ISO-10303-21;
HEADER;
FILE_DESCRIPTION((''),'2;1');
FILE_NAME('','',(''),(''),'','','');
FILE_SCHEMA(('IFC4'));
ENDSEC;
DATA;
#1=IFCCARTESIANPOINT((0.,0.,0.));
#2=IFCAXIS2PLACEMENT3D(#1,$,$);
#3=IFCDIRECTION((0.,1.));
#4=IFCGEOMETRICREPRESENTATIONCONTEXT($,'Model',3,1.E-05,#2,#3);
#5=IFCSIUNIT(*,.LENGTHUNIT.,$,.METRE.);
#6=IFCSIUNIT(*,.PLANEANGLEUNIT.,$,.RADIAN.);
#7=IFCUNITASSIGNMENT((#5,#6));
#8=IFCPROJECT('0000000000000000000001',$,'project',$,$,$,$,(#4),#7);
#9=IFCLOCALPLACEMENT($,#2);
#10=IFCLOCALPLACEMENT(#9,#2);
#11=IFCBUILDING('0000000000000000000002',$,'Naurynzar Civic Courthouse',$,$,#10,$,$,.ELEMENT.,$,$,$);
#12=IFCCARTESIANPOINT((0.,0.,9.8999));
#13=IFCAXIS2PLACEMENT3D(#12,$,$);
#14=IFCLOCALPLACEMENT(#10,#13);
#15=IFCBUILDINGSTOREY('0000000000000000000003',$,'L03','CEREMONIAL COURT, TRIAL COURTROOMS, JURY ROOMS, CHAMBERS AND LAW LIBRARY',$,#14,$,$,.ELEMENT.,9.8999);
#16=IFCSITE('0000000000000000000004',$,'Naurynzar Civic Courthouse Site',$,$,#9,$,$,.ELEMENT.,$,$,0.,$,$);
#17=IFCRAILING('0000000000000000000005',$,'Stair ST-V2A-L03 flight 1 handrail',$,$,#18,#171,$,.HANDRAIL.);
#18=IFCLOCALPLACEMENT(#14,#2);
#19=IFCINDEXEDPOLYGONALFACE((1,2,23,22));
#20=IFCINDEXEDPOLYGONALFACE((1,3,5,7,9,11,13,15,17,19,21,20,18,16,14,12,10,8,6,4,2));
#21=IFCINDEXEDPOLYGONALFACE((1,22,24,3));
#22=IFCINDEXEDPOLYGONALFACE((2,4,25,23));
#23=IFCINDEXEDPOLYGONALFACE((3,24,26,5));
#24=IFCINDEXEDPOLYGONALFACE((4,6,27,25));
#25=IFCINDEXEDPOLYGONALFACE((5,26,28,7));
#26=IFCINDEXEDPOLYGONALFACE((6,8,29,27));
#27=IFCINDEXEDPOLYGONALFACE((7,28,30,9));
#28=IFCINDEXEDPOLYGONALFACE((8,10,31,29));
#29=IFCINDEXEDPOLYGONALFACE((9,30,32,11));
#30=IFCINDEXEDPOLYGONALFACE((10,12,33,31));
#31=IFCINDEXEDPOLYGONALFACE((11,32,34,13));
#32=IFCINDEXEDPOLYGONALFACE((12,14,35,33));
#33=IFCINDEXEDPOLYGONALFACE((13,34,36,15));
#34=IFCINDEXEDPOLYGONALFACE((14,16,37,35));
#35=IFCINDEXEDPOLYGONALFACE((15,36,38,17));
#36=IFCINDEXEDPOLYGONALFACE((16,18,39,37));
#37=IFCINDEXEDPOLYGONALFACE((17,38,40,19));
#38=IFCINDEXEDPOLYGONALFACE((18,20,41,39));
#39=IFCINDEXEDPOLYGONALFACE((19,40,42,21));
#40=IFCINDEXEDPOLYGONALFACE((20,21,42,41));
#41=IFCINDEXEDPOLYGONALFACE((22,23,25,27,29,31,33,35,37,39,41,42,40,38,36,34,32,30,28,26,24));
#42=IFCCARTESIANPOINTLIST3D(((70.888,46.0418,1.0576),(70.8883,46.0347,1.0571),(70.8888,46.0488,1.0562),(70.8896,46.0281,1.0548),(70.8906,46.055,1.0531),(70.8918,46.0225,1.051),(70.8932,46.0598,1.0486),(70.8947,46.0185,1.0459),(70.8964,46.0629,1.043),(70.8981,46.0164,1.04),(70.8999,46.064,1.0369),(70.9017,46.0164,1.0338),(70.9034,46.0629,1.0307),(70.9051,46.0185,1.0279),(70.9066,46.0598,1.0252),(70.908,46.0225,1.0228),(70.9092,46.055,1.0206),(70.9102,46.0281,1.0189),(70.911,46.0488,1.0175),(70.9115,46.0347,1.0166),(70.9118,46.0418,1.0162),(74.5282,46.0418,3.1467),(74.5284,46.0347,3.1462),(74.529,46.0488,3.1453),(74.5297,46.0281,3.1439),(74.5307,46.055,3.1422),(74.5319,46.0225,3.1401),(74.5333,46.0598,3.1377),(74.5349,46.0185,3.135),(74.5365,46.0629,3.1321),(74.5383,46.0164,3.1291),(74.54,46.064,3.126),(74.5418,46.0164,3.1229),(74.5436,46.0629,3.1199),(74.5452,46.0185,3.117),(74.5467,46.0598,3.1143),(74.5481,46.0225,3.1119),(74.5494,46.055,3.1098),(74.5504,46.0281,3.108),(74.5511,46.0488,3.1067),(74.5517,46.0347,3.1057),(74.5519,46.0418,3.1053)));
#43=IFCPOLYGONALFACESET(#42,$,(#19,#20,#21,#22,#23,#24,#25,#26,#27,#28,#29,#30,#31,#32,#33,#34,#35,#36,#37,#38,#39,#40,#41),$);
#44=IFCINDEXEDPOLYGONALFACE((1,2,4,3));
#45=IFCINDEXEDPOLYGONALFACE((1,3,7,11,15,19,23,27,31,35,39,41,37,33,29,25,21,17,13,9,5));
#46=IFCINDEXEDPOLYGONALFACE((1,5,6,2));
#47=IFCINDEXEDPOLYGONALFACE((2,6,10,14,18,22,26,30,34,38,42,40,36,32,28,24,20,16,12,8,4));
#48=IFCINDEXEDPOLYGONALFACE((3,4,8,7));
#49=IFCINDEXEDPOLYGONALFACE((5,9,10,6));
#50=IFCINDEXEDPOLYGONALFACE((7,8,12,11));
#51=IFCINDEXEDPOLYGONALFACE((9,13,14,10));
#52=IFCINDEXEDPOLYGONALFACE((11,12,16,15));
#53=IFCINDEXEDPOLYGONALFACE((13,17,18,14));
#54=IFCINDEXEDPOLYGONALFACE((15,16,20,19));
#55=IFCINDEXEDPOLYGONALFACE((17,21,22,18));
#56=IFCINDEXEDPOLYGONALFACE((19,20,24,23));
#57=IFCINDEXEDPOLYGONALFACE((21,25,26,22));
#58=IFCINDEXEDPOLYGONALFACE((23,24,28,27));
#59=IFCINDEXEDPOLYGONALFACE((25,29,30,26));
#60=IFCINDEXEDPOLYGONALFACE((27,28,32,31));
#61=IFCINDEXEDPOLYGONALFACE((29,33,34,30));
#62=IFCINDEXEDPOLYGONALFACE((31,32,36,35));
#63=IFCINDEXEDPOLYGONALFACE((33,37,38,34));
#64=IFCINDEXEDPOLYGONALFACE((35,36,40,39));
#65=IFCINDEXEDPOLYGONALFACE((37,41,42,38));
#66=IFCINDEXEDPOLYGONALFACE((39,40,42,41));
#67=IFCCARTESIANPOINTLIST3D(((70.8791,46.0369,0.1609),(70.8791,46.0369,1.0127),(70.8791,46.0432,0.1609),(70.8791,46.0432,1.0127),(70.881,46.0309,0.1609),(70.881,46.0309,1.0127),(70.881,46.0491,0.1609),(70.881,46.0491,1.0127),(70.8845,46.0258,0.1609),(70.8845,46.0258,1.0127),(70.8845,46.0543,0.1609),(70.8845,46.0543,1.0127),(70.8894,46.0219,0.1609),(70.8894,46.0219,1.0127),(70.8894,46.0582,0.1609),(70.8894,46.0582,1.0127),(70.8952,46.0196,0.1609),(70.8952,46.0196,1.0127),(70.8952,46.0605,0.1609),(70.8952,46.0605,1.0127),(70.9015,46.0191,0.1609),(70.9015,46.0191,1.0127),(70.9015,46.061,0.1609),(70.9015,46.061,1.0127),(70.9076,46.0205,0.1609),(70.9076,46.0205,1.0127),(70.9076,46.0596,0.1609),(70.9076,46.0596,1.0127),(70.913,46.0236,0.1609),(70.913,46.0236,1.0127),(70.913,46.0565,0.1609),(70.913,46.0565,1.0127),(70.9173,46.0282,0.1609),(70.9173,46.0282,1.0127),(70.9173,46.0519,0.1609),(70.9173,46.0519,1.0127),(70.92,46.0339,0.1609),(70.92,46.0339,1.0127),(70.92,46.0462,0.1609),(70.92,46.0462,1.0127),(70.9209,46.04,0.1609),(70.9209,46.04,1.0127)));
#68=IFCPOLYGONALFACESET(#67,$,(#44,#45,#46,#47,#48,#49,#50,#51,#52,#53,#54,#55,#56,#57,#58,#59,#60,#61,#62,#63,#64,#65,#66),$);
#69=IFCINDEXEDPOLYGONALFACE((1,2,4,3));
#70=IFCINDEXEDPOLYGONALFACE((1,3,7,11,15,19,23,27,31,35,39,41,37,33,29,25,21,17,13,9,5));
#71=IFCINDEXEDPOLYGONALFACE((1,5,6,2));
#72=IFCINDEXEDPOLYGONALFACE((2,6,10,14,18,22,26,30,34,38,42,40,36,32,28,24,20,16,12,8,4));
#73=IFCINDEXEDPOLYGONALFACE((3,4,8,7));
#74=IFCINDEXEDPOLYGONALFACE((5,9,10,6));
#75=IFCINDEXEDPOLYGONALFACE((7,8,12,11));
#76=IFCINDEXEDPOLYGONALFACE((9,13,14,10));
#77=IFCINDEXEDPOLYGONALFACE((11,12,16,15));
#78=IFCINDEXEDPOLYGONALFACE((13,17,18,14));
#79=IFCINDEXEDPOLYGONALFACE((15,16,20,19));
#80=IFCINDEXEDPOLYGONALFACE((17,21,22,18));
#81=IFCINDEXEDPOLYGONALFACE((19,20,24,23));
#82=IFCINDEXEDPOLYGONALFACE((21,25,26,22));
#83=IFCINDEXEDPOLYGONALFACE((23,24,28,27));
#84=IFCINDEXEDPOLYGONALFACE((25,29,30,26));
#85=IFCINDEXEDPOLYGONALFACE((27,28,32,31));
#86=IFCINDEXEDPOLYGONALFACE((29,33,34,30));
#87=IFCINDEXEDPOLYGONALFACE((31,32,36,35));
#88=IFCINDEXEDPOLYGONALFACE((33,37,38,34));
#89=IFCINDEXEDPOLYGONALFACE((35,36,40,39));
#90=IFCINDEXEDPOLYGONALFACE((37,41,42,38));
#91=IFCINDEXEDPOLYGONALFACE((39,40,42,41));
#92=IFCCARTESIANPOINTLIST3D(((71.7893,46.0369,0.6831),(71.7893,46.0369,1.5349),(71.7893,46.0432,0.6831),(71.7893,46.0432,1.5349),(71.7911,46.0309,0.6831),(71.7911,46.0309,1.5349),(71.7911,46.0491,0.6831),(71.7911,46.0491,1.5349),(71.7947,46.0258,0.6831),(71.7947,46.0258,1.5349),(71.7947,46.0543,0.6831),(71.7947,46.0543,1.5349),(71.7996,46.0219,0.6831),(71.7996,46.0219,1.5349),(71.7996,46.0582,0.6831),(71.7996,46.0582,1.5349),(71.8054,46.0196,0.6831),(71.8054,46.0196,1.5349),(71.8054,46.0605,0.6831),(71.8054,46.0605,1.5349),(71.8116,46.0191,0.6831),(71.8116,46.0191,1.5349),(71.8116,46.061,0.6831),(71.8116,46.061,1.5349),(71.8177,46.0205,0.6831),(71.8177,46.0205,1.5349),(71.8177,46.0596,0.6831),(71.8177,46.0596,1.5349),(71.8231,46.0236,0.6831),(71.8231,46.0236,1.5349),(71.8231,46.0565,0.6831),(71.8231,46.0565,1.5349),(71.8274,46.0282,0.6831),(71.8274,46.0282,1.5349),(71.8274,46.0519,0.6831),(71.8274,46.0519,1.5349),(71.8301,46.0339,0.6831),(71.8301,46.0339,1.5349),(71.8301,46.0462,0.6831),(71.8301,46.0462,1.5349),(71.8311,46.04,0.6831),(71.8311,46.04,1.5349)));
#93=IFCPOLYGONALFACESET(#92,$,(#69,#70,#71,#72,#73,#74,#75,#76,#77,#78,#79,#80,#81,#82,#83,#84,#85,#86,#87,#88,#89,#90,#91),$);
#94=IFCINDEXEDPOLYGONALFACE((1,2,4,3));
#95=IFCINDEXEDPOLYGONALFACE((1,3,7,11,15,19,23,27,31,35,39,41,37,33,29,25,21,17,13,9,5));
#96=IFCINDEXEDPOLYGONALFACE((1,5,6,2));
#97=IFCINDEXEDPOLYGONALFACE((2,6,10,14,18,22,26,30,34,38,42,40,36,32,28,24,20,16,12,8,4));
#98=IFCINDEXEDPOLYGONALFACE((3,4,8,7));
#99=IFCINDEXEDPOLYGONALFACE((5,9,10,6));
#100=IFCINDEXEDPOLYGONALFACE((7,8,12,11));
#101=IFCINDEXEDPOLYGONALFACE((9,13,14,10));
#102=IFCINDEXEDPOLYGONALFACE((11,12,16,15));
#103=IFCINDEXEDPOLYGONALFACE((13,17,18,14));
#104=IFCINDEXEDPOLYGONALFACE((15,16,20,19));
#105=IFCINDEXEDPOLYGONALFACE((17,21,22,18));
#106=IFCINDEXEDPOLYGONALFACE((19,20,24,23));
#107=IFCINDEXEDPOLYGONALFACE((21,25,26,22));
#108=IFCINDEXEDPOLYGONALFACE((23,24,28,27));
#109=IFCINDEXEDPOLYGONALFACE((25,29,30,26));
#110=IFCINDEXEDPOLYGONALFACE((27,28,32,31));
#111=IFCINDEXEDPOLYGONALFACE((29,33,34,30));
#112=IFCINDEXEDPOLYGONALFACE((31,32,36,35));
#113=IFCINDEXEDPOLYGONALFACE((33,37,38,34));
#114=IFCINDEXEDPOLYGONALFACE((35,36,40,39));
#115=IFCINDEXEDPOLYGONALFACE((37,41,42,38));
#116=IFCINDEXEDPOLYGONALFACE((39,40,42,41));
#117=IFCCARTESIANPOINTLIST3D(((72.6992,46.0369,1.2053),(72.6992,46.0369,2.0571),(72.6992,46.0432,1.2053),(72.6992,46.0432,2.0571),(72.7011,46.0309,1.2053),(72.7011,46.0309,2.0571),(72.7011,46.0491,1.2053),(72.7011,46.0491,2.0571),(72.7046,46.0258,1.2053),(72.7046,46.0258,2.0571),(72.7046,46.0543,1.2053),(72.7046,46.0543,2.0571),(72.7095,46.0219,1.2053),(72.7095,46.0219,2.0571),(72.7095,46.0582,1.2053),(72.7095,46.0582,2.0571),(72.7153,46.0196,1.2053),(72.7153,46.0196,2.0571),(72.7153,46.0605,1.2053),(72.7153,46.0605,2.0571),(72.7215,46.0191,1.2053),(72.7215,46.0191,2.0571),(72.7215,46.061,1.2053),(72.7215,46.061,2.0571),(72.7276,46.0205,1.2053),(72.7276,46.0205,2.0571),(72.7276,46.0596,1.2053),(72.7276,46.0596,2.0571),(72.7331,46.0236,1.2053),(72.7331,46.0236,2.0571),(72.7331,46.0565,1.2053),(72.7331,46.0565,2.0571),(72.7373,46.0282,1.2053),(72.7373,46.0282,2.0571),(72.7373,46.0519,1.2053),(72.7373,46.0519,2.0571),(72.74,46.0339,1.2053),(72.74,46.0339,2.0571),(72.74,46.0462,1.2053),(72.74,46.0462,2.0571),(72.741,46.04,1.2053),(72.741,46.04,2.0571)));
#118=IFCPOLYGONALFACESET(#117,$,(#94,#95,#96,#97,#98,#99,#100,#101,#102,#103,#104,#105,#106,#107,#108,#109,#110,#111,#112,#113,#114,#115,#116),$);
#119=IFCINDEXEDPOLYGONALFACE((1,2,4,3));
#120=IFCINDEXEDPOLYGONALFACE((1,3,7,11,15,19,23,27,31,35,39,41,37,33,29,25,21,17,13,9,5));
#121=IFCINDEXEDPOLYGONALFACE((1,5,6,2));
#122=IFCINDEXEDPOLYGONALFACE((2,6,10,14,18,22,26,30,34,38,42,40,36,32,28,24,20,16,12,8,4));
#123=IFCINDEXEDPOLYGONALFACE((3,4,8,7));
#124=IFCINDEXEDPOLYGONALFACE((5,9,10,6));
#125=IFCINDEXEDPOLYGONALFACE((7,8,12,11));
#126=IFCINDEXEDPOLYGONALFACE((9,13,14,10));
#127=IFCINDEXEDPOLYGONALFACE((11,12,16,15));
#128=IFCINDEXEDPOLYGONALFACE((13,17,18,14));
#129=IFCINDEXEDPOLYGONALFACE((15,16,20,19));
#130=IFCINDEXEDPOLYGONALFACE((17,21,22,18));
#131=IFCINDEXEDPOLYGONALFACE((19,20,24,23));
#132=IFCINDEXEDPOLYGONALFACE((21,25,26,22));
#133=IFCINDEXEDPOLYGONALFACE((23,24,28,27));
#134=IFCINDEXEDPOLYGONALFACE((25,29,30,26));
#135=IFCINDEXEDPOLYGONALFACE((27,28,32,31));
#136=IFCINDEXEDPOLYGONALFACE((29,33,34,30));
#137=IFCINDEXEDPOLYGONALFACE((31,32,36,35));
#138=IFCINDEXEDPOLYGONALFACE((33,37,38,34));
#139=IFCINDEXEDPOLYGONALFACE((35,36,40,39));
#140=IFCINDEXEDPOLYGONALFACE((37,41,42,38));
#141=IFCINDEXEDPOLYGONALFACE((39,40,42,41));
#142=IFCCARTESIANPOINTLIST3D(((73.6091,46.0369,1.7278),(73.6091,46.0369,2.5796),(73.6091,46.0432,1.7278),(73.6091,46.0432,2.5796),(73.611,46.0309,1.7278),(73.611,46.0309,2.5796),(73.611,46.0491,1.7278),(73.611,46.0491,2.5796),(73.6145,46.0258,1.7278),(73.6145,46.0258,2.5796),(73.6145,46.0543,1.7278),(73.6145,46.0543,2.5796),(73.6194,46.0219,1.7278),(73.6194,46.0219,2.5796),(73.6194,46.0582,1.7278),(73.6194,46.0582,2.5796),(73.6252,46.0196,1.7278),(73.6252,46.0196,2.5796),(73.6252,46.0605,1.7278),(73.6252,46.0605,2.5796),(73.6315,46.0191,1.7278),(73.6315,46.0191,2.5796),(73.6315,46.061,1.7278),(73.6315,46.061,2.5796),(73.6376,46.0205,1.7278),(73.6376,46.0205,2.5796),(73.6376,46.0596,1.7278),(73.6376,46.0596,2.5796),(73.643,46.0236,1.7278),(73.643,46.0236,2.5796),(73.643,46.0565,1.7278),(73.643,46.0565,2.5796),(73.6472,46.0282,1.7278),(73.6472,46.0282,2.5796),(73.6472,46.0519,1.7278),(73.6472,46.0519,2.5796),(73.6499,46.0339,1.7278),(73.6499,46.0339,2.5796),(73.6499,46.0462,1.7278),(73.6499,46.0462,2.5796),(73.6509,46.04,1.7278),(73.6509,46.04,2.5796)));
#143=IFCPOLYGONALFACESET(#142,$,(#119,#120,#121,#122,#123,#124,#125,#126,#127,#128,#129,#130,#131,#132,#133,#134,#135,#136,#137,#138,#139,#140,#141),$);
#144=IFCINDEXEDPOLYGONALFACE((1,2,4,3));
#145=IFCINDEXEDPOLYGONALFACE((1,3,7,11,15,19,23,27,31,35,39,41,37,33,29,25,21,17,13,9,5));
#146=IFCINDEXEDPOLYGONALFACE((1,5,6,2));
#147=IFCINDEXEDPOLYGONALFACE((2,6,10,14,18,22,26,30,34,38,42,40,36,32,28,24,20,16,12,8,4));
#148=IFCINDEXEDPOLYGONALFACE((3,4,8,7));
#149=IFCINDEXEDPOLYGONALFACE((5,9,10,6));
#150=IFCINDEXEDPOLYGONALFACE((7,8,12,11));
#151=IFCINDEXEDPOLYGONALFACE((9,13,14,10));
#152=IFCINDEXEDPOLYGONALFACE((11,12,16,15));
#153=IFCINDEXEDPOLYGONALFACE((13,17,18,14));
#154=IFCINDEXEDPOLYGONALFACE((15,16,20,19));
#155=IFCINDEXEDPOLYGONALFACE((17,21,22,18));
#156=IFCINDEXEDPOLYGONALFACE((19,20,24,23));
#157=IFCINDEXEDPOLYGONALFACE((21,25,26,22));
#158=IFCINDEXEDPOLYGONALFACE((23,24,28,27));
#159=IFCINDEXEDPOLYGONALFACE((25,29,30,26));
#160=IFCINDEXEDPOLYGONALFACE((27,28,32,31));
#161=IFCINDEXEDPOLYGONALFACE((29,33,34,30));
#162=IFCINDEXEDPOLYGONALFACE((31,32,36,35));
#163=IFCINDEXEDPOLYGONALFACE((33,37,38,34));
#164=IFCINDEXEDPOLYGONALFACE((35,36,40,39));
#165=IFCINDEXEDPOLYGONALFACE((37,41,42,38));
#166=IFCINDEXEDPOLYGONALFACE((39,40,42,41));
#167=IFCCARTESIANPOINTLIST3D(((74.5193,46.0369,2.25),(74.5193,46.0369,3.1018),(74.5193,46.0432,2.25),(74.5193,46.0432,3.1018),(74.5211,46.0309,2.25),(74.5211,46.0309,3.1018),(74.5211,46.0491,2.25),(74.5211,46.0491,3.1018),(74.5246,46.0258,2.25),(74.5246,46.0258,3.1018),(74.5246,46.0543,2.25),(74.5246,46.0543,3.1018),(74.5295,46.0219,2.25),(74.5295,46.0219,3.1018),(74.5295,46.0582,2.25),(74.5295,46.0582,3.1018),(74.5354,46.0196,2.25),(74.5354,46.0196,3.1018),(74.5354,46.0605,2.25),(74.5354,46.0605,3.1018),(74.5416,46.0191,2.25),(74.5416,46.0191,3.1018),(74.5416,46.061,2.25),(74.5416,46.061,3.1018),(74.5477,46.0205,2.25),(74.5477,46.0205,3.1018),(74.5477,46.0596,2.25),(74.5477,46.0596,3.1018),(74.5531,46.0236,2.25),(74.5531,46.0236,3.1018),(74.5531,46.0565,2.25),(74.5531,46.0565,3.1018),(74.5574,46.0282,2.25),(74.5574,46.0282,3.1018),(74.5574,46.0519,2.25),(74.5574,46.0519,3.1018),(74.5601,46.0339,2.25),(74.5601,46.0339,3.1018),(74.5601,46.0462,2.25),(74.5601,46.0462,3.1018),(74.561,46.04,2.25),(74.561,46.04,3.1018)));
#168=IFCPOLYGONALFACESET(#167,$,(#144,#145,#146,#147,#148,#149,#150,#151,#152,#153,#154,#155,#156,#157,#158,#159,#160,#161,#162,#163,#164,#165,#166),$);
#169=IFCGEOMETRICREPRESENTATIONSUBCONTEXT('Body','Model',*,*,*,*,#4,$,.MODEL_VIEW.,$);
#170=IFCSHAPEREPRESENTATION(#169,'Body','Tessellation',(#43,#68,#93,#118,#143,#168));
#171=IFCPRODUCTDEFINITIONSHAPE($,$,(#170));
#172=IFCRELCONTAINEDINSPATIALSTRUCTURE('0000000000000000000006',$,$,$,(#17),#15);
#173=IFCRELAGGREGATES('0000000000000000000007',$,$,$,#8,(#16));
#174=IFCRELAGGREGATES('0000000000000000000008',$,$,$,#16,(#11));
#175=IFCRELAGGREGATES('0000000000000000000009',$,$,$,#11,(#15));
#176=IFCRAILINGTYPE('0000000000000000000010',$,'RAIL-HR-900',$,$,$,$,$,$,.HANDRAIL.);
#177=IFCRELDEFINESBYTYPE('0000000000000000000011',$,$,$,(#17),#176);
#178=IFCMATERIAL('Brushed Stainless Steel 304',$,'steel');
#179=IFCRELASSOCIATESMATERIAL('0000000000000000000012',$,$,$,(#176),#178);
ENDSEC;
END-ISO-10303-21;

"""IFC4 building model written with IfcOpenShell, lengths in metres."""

from ifc_helpers import new_model, si_unit, direction, frame, origin, origin_2d, place, context, subcontext, project, spatial, circle, extrude, material, type_object, element, save


model = new_model("IFC4")

# Units and contexts
model_context = context("Model", 3, precision=1e-05, world=origin(), true_north=direction((0.0, 1.0)))
body_context = subcontext(model_context, "Body", "Model", "MODEL_VIEW")
ifc_project = project(units=[si_unit("LENGTHUNIT", "METRE"), si_unit("PLANEANGLEUNIT", "RADIAN")], contexts=[model_context])

# Site, building, storey
site_placement = place(None, origin())
site = spatial("IfcSite", under=ifc_project, at=site_placement, Name="Naurynzar Civic Courthouse Site", CompositionType="ELEMENT", RefElevation=0.0)
building_placement = place(site_placement, origin())
building = spatial("IfcBuilding", under=site, at=building_placement, Name="Naurynzar Civic Courthouse", CompositionType="ELEMENT")
storey_placement = place(building_placement, frame((0.0, 0.0, 9.8999)))
storey = spatial("IfcBuildingStorey", under=building, at=storey_placement, Name="L03", Description="CEREMONIAL COURT, TRIAL COURTROOMS, JURY ROOMS, CHAMBERS AND LAW LIBRARY", CompositionType="ELEMENT", Elevation=9.8999)

# Railing
ifc_material_1 = material(Name="Brushed Stainless Steel 304", Category="steel")
railing_type_1 = type_object("IfcRailingType", Name="RAIL-HR-900", PredefinedType="HANDRAIL", material=ifc_material_1)
railing_1_placement = place(storey_placement, frame((70.8999, 46.04, 0.1609)))
element("IfcRailing", 1, at=railing_1_placement, inside=storey, type_object=railing_type_1, Name="Stair ST-V2A-L03 flight 1 handrail", PredefinedType="HANDRAIL", context=body_context, shape_type="SweptSolid", body=[
    extrude(circle(Radius=0.0239, at=origin_2d()), frame((0.0, 0.0, 0.876), z_axis=(0.867314, 0.0, 0.497761), x_axis=(0.0, 1.0, 0.0)), (0.0, 0.0, 1.0), 4.197),
    extrude(circle(Radius=0.021, at=origin_2d()), origin(), (0.0, 0.0, 1.0), 0.8518),
    extrude(circle(Radius=0.021, at=origin_2d()), frame((0.9102, 0.0, 0.5222)), (0.0, 0.0, 1.0), 0.8518),
    extrude(circle(Radius=0.021, at=origin_2d()), frame((1.8201, 0.0, 1.0444)), (0.0, 0.0, 1.0), 0.8518),
    extrude(circle(Radius=0.021, at=origin_2d()), frame((2.73, 0.0, 1.5669)), (0.0, 0.0, 1.0), 0.8518),
    extrude(circle(Radius=0.021, at=origin_2d()), frame((3.6401, 0.0, 2.0891)), (0.0, 0.0, 1.0), 0.8518),
])

save(model, "model.ifc")
